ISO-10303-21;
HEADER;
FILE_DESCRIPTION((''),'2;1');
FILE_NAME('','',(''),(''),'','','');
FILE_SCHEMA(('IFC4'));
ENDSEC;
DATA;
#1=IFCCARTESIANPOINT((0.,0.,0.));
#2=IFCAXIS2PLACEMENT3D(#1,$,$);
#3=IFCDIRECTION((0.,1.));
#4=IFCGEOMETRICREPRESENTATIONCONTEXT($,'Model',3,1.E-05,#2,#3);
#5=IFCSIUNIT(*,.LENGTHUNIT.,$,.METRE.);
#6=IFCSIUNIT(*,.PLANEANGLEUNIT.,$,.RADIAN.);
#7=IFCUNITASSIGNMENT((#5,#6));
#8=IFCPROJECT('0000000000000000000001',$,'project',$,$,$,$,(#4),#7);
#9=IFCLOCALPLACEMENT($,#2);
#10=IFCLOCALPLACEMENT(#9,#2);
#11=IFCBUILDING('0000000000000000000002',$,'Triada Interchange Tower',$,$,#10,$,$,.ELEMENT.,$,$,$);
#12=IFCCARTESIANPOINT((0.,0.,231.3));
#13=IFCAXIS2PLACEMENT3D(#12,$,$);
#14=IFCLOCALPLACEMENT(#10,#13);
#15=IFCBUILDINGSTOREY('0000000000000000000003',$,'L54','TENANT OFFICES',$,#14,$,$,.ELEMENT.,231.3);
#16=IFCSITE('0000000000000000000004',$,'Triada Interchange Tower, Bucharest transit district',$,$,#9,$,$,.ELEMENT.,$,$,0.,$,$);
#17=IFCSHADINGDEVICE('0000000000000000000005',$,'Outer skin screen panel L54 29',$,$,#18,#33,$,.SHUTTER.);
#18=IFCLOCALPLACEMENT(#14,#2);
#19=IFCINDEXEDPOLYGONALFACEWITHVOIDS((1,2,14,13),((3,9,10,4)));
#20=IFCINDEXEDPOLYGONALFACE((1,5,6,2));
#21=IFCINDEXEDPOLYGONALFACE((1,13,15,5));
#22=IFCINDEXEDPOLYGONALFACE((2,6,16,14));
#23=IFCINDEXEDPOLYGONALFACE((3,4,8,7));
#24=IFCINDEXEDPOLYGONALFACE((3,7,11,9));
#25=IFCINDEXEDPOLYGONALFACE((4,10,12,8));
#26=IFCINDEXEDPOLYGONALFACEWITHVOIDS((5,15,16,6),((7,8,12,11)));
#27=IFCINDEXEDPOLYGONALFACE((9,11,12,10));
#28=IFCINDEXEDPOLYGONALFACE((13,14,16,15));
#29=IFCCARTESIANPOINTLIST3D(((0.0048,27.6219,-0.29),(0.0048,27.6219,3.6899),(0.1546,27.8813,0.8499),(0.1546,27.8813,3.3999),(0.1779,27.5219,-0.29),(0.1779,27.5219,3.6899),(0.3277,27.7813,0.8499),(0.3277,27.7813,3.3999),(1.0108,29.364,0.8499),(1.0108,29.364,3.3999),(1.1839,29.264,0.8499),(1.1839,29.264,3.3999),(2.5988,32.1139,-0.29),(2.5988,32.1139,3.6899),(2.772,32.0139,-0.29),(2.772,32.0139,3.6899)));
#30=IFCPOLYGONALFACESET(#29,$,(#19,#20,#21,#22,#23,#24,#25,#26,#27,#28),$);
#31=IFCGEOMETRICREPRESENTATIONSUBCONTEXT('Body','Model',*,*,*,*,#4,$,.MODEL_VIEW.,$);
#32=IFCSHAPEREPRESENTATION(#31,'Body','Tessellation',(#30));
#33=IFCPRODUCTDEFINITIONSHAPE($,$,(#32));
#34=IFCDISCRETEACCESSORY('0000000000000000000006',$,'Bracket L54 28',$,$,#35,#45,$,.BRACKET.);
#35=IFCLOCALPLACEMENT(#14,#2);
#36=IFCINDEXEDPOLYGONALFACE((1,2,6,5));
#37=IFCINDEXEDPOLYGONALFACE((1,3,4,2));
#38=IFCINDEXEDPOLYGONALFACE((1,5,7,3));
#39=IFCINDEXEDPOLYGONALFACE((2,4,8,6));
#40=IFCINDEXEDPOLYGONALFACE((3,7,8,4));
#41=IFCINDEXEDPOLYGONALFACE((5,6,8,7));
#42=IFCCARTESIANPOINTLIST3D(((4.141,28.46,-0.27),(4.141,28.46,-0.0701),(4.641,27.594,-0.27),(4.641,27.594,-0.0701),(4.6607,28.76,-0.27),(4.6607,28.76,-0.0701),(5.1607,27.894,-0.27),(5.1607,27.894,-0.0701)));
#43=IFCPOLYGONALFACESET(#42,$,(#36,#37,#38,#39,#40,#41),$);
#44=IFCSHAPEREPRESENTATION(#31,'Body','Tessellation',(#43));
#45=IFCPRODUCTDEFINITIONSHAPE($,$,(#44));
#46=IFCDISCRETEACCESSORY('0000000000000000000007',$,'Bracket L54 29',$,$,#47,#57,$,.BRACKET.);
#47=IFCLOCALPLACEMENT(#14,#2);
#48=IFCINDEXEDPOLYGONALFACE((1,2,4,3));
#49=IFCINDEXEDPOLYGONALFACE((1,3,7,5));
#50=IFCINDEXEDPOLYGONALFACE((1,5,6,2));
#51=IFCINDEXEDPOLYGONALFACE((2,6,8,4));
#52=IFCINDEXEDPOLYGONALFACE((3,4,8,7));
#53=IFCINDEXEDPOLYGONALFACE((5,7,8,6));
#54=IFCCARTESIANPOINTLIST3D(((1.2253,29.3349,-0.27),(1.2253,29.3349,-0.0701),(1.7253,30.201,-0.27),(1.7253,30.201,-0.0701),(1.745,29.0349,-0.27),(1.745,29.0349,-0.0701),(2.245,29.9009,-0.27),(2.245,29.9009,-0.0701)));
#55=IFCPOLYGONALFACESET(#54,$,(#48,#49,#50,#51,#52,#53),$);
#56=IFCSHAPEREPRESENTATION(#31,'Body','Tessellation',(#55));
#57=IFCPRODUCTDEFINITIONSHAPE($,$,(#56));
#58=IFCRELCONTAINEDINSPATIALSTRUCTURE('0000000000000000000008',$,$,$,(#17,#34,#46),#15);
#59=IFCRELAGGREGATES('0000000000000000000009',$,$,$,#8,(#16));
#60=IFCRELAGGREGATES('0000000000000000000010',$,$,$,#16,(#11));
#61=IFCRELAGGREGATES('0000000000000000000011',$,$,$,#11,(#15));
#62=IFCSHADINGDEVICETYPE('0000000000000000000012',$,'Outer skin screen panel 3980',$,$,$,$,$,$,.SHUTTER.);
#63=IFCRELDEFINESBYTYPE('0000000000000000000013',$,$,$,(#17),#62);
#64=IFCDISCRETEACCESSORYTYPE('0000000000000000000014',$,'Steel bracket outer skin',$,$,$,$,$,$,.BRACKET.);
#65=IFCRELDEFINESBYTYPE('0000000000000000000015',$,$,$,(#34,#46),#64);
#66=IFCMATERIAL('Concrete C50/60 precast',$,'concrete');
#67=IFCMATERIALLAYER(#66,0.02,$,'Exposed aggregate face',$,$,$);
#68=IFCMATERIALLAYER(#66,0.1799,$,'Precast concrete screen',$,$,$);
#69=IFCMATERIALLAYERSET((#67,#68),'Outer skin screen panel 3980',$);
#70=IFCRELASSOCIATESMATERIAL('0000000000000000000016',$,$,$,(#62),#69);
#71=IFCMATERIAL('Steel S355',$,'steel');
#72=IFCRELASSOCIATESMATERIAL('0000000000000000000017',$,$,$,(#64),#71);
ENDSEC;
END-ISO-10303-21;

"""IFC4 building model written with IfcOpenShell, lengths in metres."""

from ifc_helpers import new_model, si_unit, direction, frame, origin, origin_2d, place, context, subcontext, project, spatial, polyline, rectangle, outline, extrude, material, layer, layer_set, type_object, element, save


model = new_model("IFC4")

# Units and contexts
model_context = context("Model", 3, precision=1e-05, world=origin(), true_north=direction((0.0, 1.0)))
body_context = subcontext(model_context, "Body", "Model", "MODEL_VIEW")
ifc_project = project(units=[si_unit("LENGTHUNIT", "METRE"), si_unit("PLANEANGLEUNIT", "RADIAN")], contexts=[model_context])

# Site, building, storey
site_placement = place(None, origin())
site = spatial("IfcSite", under=ifc_project, at=site_placement, Name="Triada Interchange Tower, Bucharest transit district", CompositionType="ELEMENT", RefElevation=0.0)
building_placement = place(site_placement, origin())
building = spatial("IfcBuilding", under=site, at=building_placement, Name="Triada Interchange Tower", CompositionType="ELEMENT")
storey_placement = place(building_placement, frame((0.0, 0.0, 231.3)))
storey = spatial("IfcBuildingStorey", under=building, at=storey_placement, Name="L54", Description="TENANT OFFICES", CompositionType="ELEMENT", Elevation=231.3)

# Shading device
ifc_material_1 = material(Name="Concrete C50/60 precast", Category="concrete")
ifc_layer_1 = layer(ifc_material_1, 0.02, Name="Exposed aggregate face")
ifc_layer_2 = layer(ifc_material_1, 0.1799, Name="Precast concrete screen")
ifc_layer_set_1 = layer_set([ifc_layer_1, ifc_layer_2], Name="Outer skin screen panel 3980")
shading_device_type = type_object("IfcShadingDeviceType", Name="Outer skin screen panel 3980", PredefinedType="SHUTTER", material=ifc_layer_set_1)
shading_device_1_placement = place(storey_placement, frame((2.772, 32.0139, -0.29), z_axis=(0.0, 0.0, 1.0), x_axis=(-0.500082, -0.865978, 0.0)))
element("IfcShadingDevice", 1, at=shading_device_1_placement, inside=storey, type_object=shading_device_type, Name="Outer skin screen panel L54 29", PredefinedType="SHUTTER", context=body_context, shape_type="SweptSolid", body=[
    extrude(outline(polyline([(0.0, 0.0), (5.1873, 0.0), (5.1873, 3.98), (0.0, 3.98), (0.0, 0.0)]), holes=[polyline([(3.1755, 1.1399), (3.1755, 3.6899), (4.8877, 3.6899), (4.8877, 1.1399), (3.1755, 1.1399)])]), frame((0.0, 0.0, 0.0), z_axis=(0.0, -1.0, 0.0), x_axis=(1.0, 0.0, 0.0)), (0.0, 0.0, 1.0), 0.2),
])

# Discrete accessories
ifc_material_2 = material(Name="Steel S355", Category="steel")
discrete_accessory_type = type_object("IfcDiscreteAccessoryType", Name="Steel bracket outer skin", PredefinedType="BRACKET", material=ifc_material_2)
for number, where, z_axis, x_axis, name in (
    (2, (4.6509, 28.177, -0.27), (0.0, 0.0, 1.0), (0.866014, 0.500019, 0.0), "Bracket L54 28"),
    (3, (1.7351, 29.6179, -0.27), (0.0, 0.0, 1.0), (-0.86603, 0.499993, 0.0), "Bracket L54 29"),
):
    element("IfcDiscreteAccessory", number, at=place(storey_placement, frame(where, z_axis=z_axis, x_axis=x_axis)), inside=storey, type_object=discrete_accessory_type, Name=name, PredefinedType="BRACKET", context=body_context, shape_type="SweptSolid", body=[
        extrude(rectangle(XDim=0.6001, YDim=1.0, at=origin_2d()), origin(), (0.0, 0.0, 1.0), 0.2),
    ])

save(model, "model.ifc")
